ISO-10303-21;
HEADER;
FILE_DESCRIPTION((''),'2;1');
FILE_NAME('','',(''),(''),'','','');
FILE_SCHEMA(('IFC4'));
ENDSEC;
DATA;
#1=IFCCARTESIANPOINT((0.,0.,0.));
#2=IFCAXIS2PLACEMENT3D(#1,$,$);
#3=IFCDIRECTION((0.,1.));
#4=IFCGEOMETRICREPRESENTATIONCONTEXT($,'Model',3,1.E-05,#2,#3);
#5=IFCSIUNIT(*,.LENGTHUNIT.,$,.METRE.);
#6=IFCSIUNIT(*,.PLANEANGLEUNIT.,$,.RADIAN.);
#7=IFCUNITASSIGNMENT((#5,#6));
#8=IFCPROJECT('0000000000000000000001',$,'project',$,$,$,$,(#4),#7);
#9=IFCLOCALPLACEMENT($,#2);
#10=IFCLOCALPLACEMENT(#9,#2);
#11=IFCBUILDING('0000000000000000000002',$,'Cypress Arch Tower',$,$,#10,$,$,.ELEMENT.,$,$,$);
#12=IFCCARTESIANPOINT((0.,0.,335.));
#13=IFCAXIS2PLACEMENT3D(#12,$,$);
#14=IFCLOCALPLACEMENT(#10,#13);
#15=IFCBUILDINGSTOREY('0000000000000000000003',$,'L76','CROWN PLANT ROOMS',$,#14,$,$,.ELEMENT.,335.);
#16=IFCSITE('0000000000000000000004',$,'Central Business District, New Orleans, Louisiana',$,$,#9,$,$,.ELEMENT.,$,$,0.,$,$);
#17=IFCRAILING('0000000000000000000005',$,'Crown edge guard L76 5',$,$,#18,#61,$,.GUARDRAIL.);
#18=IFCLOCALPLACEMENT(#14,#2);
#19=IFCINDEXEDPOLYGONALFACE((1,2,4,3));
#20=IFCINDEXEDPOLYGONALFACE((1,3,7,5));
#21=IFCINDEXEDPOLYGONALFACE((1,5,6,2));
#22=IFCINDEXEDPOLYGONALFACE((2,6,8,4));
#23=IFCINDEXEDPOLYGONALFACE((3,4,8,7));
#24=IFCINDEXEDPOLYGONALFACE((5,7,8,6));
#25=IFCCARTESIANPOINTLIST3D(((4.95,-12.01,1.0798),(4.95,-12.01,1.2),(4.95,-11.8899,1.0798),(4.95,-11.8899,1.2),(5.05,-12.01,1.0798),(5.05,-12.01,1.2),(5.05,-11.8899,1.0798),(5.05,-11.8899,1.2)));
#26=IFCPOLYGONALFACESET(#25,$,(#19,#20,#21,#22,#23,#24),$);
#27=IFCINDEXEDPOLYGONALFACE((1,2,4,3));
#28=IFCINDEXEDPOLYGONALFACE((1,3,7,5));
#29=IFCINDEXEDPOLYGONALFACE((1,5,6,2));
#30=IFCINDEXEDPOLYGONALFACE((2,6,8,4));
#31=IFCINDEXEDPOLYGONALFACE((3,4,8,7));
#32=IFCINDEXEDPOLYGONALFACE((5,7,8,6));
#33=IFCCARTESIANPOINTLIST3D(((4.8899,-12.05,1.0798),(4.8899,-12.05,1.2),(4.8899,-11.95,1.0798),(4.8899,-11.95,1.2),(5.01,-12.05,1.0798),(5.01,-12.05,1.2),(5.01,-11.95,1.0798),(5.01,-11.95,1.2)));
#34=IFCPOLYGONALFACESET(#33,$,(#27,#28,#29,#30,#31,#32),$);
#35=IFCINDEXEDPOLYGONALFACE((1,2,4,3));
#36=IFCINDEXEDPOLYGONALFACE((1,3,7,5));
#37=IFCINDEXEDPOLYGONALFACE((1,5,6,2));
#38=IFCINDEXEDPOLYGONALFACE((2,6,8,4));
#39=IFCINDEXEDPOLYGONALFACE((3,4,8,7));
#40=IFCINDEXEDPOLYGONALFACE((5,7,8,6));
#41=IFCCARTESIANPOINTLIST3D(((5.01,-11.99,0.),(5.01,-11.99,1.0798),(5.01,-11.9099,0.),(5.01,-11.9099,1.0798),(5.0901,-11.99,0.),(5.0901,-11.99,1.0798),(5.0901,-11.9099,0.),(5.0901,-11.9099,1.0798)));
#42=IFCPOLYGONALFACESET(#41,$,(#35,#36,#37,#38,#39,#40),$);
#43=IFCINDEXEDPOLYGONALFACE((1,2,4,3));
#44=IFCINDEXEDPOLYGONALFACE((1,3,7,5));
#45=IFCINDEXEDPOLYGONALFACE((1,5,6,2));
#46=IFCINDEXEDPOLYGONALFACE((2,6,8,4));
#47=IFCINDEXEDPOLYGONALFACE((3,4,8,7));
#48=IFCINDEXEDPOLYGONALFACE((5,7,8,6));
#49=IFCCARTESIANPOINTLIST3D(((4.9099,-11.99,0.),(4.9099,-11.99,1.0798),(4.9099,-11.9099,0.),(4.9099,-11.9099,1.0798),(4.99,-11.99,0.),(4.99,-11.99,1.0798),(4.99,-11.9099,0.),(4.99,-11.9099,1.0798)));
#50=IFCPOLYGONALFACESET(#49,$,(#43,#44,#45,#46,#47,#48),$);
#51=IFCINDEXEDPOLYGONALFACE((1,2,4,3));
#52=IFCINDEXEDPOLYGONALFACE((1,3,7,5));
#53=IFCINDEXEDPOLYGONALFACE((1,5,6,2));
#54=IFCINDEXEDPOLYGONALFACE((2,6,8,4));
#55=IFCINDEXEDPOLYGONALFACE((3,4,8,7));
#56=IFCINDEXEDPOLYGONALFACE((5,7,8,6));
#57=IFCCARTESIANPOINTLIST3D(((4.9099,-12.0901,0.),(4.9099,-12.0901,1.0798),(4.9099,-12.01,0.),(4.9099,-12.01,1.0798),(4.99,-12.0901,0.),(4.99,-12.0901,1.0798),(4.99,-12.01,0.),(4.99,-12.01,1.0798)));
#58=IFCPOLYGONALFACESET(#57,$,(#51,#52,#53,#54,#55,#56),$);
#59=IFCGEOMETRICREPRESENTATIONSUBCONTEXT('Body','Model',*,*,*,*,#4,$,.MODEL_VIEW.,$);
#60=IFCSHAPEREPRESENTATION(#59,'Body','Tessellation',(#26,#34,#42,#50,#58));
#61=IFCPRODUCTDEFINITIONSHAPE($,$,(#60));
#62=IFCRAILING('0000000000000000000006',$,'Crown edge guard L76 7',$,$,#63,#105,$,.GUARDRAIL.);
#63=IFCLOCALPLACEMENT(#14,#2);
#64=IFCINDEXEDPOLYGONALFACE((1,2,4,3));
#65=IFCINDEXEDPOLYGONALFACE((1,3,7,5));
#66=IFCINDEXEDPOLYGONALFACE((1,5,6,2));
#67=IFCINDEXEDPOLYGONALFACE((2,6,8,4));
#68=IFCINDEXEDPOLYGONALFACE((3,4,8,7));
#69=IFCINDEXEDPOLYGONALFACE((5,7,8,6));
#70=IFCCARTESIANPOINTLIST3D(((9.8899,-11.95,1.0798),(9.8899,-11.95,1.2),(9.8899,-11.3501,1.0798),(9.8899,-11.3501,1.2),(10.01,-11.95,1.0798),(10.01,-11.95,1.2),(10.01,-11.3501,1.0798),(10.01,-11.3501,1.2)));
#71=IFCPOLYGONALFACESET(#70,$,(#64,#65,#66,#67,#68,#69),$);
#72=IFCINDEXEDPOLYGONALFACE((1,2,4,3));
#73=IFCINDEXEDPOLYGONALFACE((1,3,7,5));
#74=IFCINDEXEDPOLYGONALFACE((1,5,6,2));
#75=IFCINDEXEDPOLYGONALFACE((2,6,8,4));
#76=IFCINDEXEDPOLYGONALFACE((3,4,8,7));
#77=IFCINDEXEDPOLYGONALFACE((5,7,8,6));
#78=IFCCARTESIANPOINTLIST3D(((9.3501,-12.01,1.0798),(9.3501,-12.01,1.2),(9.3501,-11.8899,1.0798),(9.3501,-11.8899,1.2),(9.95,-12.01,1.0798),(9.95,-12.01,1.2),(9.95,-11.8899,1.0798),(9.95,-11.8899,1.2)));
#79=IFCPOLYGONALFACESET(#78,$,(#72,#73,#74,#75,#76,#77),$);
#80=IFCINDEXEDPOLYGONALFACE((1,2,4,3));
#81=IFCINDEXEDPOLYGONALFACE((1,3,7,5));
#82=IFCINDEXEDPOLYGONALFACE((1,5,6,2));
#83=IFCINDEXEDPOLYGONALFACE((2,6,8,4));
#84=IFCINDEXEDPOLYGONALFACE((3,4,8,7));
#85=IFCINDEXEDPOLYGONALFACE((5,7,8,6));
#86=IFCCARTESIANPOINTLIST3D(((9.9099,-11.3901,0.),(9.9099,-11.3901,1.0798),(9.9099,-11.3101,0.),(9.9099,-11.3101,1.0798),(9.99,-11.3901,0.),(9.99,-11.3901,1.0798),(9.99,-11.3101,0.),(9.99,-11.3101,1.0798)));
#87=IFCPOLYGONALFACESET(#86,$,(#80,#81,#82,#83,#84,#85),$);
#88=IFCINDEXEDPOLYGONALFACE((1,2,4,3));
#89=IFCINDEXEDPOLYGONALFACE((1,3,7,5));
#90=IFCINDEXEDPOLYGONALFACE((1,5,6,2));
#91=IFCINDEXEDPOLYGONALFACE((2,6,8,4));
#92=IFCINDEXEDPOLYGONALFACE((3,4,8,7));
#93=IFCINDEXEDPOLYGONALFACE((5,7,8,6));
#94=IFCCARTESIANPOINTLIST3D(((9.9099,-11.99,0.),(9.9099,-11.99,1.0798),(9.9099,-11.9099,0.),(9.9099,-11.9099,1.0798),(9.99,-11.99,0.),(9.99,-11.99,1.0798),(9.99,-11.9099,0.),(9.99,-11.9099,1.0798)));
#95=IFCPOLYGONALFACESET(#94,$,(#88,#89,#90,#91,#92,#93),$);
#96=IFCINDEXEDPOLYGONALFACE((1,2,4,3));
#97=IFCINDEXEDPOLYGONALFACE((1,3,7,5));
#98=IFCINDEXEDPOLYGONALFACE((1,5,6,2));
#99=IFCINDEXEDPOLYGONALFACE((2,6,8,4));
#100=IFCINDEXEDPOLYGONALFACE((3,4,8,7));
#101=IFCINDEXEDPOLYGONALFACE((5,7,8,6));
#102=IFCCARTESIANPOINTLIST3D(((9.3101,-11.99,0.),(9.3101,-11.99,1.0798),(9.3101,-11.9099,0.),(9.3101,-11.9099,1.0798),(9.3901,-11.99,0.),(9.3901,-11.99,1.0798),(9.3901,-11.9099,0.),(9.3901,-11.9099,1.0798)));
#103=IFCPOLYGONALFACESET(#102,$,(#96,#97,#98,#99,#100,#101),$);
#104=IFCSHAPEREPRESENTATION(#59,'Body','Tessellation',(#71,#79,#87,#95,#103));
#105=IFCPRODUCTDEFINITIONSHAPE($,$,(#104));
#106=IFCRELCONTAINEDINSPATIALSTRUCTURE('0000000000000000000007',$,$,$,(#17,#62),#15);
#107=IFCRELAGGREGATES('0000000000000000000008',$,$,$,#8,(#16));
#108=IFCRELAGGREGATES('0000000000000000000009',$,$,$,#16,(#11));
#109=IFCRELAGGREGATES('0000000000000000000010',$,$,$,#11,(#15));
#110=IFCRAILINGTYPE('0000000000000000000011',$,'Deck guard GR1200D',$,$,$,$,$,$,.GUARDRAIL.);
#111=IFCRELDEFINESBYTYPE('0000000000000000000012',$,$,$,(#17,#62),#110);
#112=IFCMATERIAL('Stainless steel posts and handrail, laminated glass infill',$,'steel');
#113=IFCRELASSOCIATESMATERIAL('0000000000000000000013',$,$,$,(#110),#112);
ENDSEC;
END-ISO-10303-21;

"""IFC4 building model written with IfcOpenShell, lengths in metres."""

from ifc_helpers import new_model, si_unit, direction, frame, origin, origin_2d, place, context, subcontext, project, spatial, rectangle, extrude, material, type_object, element, save


model = new_model("IFC4")

# Units and contexts
model_context = context("Model", 3, precision=1e-05, world=origin(), true_north=direction((0.0, 1.0)))
body_context = subcontext(model_context, "Body", "Model", "MODEL_VIEW")
ifc_project = project(units=[si_unit("LENGTHUNIT", "METRE"), si_unit("PLANEANGLEUNIT", "RADIAN")], contexts=[model_context])

# Site, building, storey
site_placement = place(None, origin())
site = spatial("IfcSite", under=ifc_project, at=site_placement, Name="Central Business District, New Orleans, Louisiana", CompositionType="ELEMENT", RefElevation=0.0)
building_placement = place(site_placement, origin())
building = spatial("IfcBuilding", under=site, at=building_placement, Name="Cypress Arch Tower", CompositionType="ELEMENT")
storey_placement = place(building_placement, frame((0.0, 0.0, 335.0)))
storey = spatial("IfcBuildingStorey", under=building, at=storey_placement, Name="L76", Description="CROWN PLANT ROOMS", CompositionType="ELEMENT", Elevation=335.0)

# Railings
ifc_material_1 = material(Name="Stainless steel posts and handrail, laminated glass infill", Category="steel")
railing_type_1 = type_object("IfcRailingType", Name="Deck guard GR1200D", PredefinedType="GUARDRAIL", material=ifc_material_1)
railing_1_placement = place(storey_placement, frame((5.05, -11.95, 0.0)))
element("IfcRailing", 1, at=railing_1_placement, inside=storey, type_object=railing_type_1, Name="Crown edge guard L76 5", PredefinedType="GUARDRAIL", context=body_context, shape_type="SweptSolid", body=[
    extrude(rectangle(XDim=0.1201, YDim=0.1201, at=origin_2d()), frame((0.0, 0.0, 1.1399), z_axis=(-1.0, 0.0, 0.0), x_axis=(0.0, -1.0, 0.0)), (0.0, 0.0, 1.0), 0.1001),
    extrude(rectangle(XDim=0.1201, YDim=0.1201, at=origin_2d()), frame((-0.1001, 0.0, 1.1399), z_axis=(0.0, -1.0, 0.0), x_axis=(1.0, 0.0, 0.0)), (0.0, 0.0, 1.0), 0.1001),
    extrude(rectangle(XDim=0.0801, YDim=0.0801, at=origin_2d()), origin(), (0.0, 0.0, 1.0), 1.0798),
    extrude(rectangle(XDim=0.0801, YDim=0.0801, at=origin_2d()), frame((-0.1001, 0.0, 0.0)), (0.0, 0.0, 1.0), 1.0798),
    extrude(rectangle(XDim=0.0801, YDim=0.0801, at=origin_2d()), frame((-0.1001, -0.1001, 0.0)), (0.0, 0.0, 1.0), 1.0798),
])
railing_2_placement = place(storey_placement, frame((9.95, -11.3501, 0.0)))
element("IfcRailing", 2, at=railing_2_placement, inside=storey, type_object=railing_type_1, Name="Crown edge guard L76 7", PredefinedType="GUARDRAIL", context=body_context, shape_type="SweptSolid", body=[
    extrude(rectangle(XDim=0.1201, YDim=0.1201, at=origin_2d()), frame((0.0, 0.0, 1.1399), z_axis=(0.0, -1.0, 0.0), x_axis=(1.0, 0.0, 0.0)), (0.0, 0.0, 1.0), 0.5999),
    extrude(rectangle(XDim=0.1201, YDim=0.1201, at=origin_2d()), frame((0.0, -0.5999, 1.1399), z_axis=(-1.0, 0.0, 0.0), x_axis=(0.0, -1.0, 0.0)), (0.0, 0.0, 1.0), 0.5999),
    extrude(rectangle(XDim=0.0801, YDim=0.0801, at=origin_2d()), origin(), (0.0, 0.0, 1.0), 1.0798),
    extrude(rectangle(XDim=0.0801, YDim=0.0801, at=origin_2d()), frame((0.0, -0.5999, 0.0)), (0.0, 0.0, 1.0), 1.0798),
    extrude(rectangle(XDim=0.0801, YDim=0.0801, at=origin_2d()), frame((-0.5999, -0.5999, 0.0)), (0.0, 0.0, 1.0), 1.0798),
])

save(model, "model.ifc")
